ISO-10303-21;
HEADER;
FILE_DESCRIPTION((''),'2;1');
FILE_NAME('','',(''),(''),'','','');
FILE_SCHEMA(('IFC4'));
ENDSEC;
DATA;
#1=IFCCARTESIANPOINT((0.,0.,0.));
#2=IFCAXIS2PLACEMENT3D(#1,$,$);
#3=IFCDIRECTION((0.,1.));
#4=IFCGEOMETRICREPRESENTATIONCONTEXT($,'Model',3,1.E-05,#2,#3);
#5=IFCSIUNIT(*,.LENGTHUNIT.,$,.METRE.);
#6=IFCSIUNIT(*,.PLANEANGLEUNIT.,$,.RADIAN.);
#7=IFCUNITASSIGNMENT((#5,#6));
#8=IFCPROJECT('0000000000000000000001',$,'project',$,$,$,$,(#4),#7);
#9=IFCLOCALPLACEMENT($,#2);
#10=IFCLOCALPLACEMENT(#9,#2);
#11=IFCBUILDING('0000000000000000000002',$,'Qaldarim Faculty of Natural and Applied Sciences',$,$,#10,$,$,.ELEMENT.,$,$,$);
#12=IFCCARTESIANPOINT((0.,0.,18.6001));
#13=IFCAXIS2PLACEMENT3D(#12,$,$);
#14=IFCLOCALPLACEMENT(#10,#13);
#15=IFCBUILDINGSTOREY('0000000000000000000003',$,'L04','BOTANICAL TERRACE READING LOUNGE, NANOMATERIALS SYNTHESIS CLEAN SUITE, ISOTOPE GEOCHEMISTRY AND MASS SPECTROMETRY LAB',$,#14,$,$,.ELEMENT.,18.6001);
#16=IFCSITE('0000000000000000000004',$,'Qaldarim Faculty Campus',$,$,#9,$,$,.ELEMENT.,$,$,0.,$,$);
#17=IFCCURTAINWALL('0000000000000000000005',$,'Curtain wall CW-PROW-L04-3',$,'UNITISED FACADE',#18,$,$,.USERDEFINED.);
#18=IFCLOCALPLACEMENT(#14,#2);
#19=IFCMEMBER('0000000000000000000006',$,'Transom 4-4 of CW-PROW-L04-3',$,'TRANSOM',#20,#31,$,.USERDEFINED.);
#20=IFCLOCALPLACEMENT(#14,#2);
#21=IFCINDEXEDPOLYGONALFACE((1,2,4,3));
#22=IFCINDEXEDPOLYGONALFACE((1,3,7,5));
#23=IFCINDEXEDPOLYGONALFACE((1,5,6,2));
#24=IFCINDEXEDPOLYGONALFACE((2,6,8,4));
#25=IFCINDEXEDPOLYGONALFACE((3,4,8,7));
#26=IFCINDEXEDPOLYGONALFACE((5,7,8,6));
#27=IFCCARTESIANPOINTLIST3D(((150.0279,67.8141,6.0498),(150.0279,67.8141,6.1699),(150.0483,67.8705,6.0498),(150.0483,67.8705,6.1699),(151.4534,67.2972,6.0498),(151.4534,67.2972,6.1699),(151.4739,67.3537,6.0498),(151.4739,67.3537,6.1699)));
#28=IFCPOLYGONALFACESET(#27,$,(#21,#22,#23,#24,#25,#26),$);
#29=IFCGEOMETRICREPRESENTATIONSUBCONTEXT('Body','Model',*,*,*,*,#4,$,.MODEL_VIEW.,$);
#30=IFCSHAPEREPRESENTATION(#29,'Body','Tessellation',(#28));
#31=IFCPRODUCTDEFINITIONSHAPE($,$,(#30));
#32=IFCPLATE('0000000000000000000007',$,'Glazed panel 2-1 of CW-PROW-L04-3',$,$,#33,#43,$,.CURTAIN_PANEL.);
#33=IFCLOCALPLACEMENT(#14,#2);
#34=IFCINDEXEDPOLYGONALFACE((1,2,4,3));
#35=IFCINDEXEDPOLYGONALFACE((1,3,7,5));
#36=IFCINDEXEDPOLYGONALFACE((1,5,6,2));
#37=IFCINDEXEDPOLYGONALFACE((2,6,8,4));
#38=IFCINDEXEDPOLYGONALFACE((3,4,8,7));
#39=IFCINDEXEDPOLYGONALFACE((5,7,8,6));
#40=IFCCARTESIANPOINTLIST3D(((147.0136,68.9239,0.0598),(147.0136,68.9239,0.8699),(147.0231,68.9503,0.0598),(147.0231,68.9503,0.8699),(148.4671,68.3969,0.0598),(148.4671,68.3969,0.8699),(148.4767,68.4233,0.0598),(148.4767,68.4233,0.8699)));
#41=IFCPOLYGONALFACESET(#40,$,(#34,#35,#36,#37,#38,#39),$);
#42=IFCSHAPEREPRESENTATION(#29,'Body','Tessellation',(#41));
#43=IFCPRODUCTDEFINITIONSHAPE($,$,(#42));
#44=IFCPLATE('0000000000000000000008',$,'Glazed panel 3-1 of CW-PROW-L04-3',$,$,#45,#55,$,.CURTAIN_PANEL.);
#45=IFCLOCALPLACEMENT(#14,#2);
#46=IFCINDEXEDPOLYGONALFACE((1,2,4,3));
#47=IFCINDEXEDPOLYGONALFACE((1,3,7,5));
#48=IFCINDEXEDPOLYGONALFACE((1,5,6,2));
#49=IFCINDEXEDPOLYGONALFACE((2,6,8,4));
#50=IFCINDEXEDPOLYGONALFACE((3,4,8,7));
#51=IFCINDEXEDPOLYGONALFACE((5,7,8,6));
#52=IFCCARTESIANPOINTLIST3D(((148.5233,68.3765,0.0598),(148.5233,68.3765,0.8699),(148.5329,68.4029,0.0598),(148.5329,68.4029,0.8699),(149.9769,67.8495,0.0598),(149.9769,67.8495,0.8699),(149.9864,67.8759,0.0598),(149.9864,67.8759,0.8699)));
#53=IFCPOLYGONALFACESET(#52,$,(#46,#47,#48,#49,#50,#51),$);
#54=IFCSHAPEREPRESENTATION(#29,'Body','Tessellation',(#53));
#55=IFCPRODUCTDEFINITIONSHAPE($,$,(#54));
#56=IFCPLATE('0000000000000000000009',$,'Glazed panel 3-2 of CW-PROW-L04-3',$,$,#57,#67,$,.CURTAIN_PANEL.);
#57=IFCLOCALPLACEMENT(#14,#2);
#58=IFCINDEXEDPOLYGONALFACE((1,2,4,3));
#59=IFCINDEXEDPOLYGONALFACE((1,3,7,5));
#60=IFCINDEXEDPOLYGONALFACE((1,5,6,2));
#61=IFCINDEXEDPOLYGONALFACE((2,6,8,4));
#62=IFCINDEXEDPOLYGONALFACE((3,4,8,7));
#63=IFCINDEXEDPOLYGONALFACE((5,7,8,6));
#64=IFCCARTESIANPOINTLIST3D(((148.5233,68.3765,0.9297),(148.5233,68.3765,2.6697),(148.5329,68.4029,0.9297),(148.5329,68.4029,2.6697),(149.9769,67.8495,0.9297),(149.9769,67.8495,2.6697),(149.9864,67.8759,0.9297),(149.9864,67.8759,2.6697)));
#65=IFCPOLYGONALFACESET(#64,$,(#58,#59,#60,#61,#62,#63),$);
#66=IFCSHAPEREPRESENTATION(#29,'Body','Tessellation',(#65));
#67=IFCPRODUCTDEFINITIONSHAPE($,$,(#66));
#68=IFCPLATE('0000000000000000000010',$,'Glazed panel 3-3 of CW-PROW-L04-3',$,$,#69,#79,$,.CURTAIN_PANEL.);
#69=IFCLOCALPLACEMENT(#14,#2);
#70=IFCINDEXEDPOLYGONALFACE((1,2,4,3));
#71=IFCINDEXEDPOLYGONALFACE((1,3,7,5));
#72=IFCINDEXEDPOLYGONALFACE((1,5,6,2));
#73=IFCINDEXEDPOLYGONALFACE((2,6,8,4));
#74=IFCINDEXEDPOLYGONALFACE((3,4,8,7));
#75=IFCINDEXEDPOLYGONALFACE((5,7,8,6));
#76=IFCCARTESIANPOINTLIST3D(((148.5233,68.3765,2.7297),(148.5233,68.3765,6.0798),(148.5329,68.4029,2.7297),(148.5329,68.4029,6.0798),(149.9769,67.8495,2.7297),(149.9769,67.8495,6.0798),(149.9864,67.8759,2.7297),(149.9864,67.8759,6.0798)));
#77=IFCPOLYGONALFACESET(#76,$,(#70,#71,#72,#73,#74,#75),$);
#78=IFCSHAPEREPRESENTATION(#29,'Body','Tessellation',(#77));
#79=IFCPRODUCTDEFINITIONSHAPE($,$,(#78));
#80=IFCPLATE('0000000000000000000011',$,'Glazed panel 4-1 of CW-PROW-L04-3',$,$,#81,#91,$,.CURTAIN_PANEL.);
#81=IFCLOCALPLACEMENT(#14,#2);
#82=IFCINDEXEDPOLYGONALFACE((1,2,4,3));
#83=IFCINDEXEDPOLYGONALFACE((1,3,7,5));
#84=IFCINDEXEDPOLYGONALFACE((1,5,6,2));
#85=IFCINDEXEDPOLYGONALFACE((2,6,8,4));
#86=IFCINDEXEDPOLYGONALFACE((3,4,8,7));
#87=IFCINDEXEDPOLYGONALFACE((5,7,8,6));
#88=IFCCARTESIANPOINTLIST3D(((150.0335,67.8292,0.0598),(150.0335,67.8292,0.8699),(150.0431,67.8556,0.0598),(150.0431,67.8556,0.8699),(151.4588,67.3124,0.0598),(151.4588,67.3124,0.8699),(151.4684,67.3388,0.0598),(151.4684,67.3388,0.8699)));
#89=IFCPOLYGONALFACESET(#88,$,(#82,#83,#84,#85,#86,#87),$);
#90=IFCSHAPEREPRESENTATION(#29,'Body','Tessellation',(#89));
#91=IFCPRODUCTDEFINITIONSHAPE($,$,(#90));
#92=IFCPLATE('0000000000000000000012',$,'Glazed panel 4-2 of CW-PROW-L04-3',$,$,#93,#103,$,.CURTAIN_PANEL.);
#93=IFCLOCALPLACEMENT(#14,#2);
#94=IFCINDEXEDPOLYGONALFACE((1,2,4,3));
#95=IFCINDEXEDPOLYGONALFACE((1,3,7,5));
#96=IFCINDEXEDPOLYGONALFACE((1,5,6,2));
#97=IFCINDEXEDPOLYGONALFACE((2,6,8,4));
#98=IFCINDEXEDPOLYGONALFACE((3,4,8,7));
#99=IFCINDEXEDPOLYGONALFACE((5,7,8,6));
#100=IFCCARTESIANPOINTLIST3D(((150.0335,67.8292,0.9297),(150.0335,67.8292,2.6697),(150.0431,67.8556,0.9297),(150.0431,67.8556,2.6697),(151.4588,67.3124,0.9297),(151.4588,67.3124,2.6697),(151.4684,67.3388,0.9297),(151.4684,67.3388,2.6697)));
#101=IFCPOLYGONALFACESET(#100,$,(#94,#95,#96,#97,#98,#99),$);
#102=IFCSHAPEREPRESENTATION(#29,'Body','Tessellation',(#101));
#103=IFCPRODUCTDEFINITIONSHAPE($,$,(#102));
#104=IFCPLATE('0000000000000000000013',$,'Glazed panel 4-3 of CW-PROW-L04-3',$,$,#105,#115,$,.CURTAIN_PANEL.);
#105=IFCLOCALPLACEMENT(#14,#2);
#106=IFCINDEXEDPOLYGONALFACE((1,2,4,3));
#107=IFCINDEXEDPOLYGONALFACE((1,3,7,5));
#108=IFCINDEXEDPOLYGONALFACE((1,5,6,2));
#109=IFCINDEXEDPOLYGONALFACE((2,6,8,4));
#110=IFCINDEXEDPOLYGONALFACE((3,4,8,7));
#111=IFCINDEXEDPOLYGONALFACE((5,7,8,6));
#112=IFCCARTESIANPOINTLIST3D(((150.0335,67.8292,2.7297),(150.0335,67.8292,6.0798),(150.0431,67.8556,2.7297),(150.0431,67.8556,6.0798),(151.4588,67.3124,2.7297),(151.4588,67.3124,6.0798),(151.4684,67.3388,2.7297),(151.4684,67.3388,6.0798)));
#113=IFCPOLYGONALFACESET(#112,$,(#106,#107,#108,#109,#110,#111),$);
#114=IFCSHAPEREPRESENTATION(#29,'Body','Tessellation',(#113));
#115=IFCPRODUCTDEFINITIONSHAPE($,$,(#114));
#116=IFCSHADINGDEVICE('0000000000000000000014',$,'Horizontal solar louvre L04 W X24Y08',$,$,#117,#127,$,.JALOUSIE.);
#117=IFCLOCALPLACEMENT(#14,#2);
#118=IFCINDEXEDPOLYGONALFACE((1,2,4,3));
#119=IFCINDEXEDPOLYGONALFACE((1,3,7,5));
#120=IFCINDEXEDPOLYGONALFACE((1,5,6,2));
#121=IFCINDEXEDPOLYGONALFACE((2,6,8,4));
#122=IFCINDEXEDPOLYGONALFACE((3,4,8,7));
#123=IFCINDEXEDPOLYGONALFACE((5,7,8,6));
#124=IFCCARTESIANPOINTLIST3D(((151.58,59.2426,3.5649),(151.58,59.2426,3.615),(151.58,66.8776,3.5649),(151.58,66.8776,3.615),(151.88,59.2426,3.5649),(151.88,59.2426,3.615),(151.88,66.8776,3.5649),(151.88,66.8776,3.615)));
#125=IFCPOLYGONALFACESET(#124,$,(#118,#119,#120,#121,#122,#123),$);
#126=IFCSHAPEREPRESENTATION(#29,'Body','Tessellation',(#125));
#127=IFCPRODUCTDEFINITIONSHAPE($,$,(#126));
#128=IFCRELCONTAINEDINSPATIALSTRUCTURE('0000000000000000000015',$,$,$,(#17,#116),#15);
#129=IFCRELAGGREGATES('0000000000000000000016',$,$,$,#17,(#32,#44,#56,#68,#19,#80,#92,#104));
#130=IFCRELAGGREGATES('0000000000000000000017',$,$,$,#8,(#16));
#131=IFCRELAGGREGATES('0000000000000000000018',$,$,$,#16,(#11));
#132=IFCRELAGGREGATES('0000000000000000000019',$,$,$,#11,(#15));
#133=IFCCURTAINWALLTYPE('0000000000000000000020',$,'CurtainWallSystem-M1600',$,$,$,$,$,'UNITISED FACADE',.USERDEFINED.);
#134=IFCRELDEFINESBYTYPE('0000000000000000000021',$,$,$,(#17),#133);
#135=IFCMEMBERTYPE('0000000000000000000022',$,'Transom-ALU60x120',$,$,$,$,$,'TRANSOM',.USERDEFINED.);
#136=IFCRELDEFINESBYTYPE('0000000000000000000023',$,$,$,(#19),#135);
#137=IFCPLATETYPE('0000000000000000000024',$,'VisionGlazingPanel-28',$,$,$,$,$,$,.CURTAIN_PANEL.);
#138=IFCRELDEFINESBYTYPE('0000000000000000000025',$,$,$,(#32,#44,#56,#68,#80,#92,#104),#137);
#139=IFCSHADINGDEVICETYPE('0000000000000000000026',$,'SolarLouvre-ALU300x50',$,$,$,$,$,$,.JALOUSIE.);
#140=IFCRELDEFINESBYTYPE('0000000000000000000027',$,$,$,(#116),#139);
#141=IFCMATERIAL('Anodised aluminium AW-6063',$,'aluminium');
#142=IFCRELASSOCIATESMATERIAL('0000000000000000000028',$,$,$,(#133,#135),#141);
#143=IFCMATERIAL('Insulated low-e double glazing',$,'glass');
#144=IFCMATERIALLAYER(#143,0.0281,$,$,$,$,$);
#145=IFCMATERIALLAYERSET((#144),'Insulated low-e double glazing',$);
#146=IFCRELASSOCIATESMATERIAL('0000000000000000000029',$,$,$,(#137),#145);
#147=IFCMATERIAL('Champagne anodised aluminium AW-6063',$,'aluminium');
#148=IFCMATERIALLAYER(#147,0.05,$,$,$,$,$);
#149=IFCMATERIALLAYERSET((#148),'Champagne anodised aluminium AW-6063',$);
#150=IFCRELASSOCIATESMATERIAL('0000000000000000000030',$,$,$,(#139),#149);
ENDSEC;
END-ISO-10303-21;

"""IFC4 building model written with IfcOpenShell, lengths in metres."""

from ifc_helpers import new_model, si_unit, direction, frame, origin, origin_2d, place, context, subcontext, project, spatial, rectangle, extrude, material, layer, layer_set, material_profile, profile_set, type_object, element, aggregate, save


model = new_model("IFC4")

# Units and contexts
model_context = context("Model", 3, precision=1e-05, world=origin(), true_north=direction((0.0, 1.0)))
body_context = subcontext(model_context, "Body", "Model", "MODEL_VIEW")
ifc_project = project(units=[si_unit("LENGTHUNIT", "METRE"), si_unit("PLANEANGLEUNIT", "RADIAN")], contexts=[model_context])

# Site, building, storey
site_placement = place(None, origin())
site = spatial("IfcSite", under=ifc_project, at=site_placement, Name="Qaldarim Faculty Campus", CompositionType="ELEMENT", RefElevation=0.0)
building_placement = place(site_placement, origin())
building = spatial("IfcBuilding", under=site, at=building_placement, Name="Qaldarim Faculty of Natural and Applied Sciences", CompositionType="ELEMENT")
storey_placement = place(building_placement, frame((0.0, 0.0, 18.6001)))
storey = spatial("IfcBuildingStorey", under=building, at=storey_placement, Name="L04", Description="BOTANICAL TERRACE READING LOUNGE, NANOMATERIALS SYNTHESIS CLEAN SUITE, ISOTOPE GEOCHEMISTRY AND MASS SPECTROMETRY LAB", CompositionType="ELEMENT", Elevation=18.6001)

# Curtain wall
ifc_material_1 = material(Name="Anodised aluminium AW-6063", Category="aluminium")
curtain_wall_type = type_object("IfcCurtainWallType", Name="CurtainWallSystem-M1600", ElementType="UNITISED FACADE", PredefinedType="USERDEFINED", material=ifc_material_1)
curtain_wall_1_placement = place(storey_placement, origin())
curtain_wall_1 = element("IfcCurtainWall", 1, at=curtain_wall_1_placement, inside=storey, type_object=curtain_wall_type, Name="Curtain wall CW-PROW-L04-3", ObjectType="UNITISED FACADE", PredefinedType="USERDEFINED")

# Shared definitions
ifc_material_profile_1 = material_profile(ifc_material_1, rectangle(XDim=0.0601, YDim=0.1201, at=origin_2d()), Name="ALU-T60x120")
ifc_profile_set_1 = profile_set([ifc_material_profile_1], Name="Anodised aluminium AW-6063")
member_type_1 = type_object("IfcMemberType", Name="Transom-ALU60x120", ElementType="TRANSOM", PredefinedType="USERDEFINED", material=ifc_profile_set_1)

# Member
member_1_placement = place(storey_placement, frame((150.0381, 67.8423, 6.1099), z_axis=(0.940117, -0.340851, 0.0), x_axis=(0.340851, 0.940117, 0.0)))
member_1 = element("IfcMember", 2, at=member_1_placement, type_object=member_type_1, Name="Transom 4-4 of CW-PROW-L04-3", ObjectType="TRANSOM", PredefinedType="USERDEFINED", context=body_context, shape_type="SweptSolid", body=[
    extrude(rectangle(XDim=0.0601, YDim=0.1201, at=origin_2d()), origin(), (0.0, 0.0, 1.0), 1.5164),
])

# Plates
ifc_material_2 = material(Name="Insulated low-e double glazing", Category="glass")
ifc_layer_1 = layer(ifc_material_2, 0.0281)
ifc_layer_set_1 = layer_set([ifc_layer_1], Name="Insulated low-e double glazing")
plate_type = type_object("IfcPlateType", Name="VisionGlazingPanel-28", PredefinedType="CURTAIN_PANEL", material=ifc_layer_set_1)
plate_1_placement = place(storey_placement, frame((147.7451, 68.6736, 0.0598), z_axis=(0.0, 0.0, 1.0), x_axis=(0.94011, -0.340872, 0.0)))
plate_1 = element("IfcPlate", 3, at=plate_1_placement, type_object=plate_type, Name="Glazed panel 2-1 of CW-PROW-L04-3", PredefinedType="CURTAIN_PANEL", context=body_context, shape_type="SweptSolid", body=[
    extrude(rectangle(XDim=1.5461, YDim=0.0281, at=origin_2d()), origin(), (0.0, 0.0, 1.0), 0.8101),
])
plate_2_placement = place(storey_placement, frame((149.2549, 68.1262, 0.0598), z_axis=(0.0, 0.0, 1.0), x_axis=(0.94011, -0.340872, 0.0)))
plate_2 = element("IfcPlate", 4, at=plate_2_placement, type_object=plate_type, Name="Glazed panel 3-1 of CW-PROW-L04-3", PredefinedType="CURTAIN_PANEL", context=body_context, shape_type="SweptSolid", body=[
    extrude(rectangle(XDim=1.5461, YDim=0.0281, at=origin_2d()), origin(), (0.0, 0.0, 1.0), 0.8101),
])
plate_3_placement = place(storey_placement, frame((149.2549, 68.1262, 0.9297), z_axis=(0.0, 0.0, 1.0), x_axis=(0.94011, -0.340872, 0.0)))
plate_3 = element("IfcPlate", 5, at=plate_3_placement, type_object=plate_type, Name="Glazed panel 3-2 of CW-PROW-L04-3", PredefinedType="CURTAIN_PANEL", context=body_context, shape_type="SweptSolid", body=[
    extrude(rectangle(XDim=1.5461, YDim=0.0281, at=origin_2d()), origin(), (0.0, 0.0, 1.0), 1.74),
])
plate_4_placement = place(storey_placement, frame((149.2549, 68.1262, 2.7297), z_axis=(0.0, 0.0, 1.0), x_axis=(0.94011, -0.340872, 0.0)))
plate_4 = element("IfcPlate", 6, at=plate_4_placement, type_object=plate_type, Name="Glazed panel 3-3 of CW-PROW-L04-3", PredefinedType="CURTAIN_PANEL", context=body_context, shape_type="SweptSolid", body=[
    extrude(rectangle(XDim=1.5461, YDim=0.0281, at=origin_2d()), origin(), (0.0, 0.0, 1.0), 3.3501),
])
plate_5_placement = place(storey_placement, frame((150.751, 67.584, 0.0598), z_axis=(0.0, 0.0, 1.0), x_axis=(0.94011, -0.340872, 0.0)))
plate_5 = element("IfcPlate", 7, at=plate_5_placement, type_object=plate_type, Name="Glazed panel 4-1 of CW-PROW-L04-3", PredefinedType="CURTAIN_PANEL", context=body_context, shape_type="SweptSolid", body=[
    extrude(rectangle(XDim=1.5161, YDim=0.0281, at=origin_2d()), origin(), (0.0, 0.0, 1.0), 0.8101),
])
plate_6_placement = place(storey_placement, frame((150.751, 67.584, 0.9297), z_axis=(0.0, 0.0, 1.0), x_axis=(0.94011, -0.340872, 0.0)))
plate_6 = element("IfcPlate", 8, at=plate_6_placement, type_object=plate_type, Name="Glazed panel 4-2 of CW-PROW-L04-3", PredefinedType="CURTAIN_PANEL", context=body_context, shape_type="SweptSolid", body=[
    extrude(rectangle(XDim=1.5161, YDim=0.0281, at=origin_2d()), origin(), (0.0, 0.0, 1.0), 1.74),
])
plate_7_placement = place(storey_placement, frame((150.751, 67.584, 2.7297), z_axis=(0.0, 0.0, 1.0), x_axis=(0.94011, -0.340872, 0.0)))
plate_7 = element("IfcPlate", 9, at=plate_7_placement, type_object=plate_type, Name="Glazed panel 4-3 of CW-PROW-L04-3", PredefinedType="CURTAIN_PANEL", context=body_context, shape_type="SweptSolid", body=[
    extrude(rectangle(XDim=1.5161, YDim=0.0281, at=origin_2d()), origin(), (0.0, 0.0, 1.0), 3.3501),
])
aggregate(curtain_wall_1, [plate_1, plate_2, plate_3, plate_4, member_1, plate_5, plate_6, plate_7])

# Shading device
ifc_material_3 = material(Name="Champagne anodised aluminium AW-6063", Category="aluminium")
ifc_layer_2 = layer(ifc_material_3, 0.05)
ifc_layer_set_2 = layer_set([ifc_layer_2], Name="Champagne anodised aluminium AW-6063")
shading_device_type = type_object("IfcShadingDeviceType", Name="SolarLouvre-ALU300x50", PredefinedType="JALOUSIE", material=ifc_layer_set_2)
shading_device_placement = place(storey_placement, frame((151.73, 63.0601, 3.5649), z_axis=(0.0, 0.0, 1.0), x_axis=(0.0, 1.0, 0.0)))
element("IfcShadingDevice", 10, at=shading_device_placement, inside=storey, type_object=shading_device_type, Name="Horizontal solar louvre L04 W X24Y08", PredefinedType="JALOUSIE", context=body_context, shape_type="SweptSolid", body=[
    extrude(rectangle(XDim=7.635, YDim=0.3, at=origin_2d()), origin(), (0.0, 0.0, 1.0), 0.05),
])

save(model, "model.ifc")
